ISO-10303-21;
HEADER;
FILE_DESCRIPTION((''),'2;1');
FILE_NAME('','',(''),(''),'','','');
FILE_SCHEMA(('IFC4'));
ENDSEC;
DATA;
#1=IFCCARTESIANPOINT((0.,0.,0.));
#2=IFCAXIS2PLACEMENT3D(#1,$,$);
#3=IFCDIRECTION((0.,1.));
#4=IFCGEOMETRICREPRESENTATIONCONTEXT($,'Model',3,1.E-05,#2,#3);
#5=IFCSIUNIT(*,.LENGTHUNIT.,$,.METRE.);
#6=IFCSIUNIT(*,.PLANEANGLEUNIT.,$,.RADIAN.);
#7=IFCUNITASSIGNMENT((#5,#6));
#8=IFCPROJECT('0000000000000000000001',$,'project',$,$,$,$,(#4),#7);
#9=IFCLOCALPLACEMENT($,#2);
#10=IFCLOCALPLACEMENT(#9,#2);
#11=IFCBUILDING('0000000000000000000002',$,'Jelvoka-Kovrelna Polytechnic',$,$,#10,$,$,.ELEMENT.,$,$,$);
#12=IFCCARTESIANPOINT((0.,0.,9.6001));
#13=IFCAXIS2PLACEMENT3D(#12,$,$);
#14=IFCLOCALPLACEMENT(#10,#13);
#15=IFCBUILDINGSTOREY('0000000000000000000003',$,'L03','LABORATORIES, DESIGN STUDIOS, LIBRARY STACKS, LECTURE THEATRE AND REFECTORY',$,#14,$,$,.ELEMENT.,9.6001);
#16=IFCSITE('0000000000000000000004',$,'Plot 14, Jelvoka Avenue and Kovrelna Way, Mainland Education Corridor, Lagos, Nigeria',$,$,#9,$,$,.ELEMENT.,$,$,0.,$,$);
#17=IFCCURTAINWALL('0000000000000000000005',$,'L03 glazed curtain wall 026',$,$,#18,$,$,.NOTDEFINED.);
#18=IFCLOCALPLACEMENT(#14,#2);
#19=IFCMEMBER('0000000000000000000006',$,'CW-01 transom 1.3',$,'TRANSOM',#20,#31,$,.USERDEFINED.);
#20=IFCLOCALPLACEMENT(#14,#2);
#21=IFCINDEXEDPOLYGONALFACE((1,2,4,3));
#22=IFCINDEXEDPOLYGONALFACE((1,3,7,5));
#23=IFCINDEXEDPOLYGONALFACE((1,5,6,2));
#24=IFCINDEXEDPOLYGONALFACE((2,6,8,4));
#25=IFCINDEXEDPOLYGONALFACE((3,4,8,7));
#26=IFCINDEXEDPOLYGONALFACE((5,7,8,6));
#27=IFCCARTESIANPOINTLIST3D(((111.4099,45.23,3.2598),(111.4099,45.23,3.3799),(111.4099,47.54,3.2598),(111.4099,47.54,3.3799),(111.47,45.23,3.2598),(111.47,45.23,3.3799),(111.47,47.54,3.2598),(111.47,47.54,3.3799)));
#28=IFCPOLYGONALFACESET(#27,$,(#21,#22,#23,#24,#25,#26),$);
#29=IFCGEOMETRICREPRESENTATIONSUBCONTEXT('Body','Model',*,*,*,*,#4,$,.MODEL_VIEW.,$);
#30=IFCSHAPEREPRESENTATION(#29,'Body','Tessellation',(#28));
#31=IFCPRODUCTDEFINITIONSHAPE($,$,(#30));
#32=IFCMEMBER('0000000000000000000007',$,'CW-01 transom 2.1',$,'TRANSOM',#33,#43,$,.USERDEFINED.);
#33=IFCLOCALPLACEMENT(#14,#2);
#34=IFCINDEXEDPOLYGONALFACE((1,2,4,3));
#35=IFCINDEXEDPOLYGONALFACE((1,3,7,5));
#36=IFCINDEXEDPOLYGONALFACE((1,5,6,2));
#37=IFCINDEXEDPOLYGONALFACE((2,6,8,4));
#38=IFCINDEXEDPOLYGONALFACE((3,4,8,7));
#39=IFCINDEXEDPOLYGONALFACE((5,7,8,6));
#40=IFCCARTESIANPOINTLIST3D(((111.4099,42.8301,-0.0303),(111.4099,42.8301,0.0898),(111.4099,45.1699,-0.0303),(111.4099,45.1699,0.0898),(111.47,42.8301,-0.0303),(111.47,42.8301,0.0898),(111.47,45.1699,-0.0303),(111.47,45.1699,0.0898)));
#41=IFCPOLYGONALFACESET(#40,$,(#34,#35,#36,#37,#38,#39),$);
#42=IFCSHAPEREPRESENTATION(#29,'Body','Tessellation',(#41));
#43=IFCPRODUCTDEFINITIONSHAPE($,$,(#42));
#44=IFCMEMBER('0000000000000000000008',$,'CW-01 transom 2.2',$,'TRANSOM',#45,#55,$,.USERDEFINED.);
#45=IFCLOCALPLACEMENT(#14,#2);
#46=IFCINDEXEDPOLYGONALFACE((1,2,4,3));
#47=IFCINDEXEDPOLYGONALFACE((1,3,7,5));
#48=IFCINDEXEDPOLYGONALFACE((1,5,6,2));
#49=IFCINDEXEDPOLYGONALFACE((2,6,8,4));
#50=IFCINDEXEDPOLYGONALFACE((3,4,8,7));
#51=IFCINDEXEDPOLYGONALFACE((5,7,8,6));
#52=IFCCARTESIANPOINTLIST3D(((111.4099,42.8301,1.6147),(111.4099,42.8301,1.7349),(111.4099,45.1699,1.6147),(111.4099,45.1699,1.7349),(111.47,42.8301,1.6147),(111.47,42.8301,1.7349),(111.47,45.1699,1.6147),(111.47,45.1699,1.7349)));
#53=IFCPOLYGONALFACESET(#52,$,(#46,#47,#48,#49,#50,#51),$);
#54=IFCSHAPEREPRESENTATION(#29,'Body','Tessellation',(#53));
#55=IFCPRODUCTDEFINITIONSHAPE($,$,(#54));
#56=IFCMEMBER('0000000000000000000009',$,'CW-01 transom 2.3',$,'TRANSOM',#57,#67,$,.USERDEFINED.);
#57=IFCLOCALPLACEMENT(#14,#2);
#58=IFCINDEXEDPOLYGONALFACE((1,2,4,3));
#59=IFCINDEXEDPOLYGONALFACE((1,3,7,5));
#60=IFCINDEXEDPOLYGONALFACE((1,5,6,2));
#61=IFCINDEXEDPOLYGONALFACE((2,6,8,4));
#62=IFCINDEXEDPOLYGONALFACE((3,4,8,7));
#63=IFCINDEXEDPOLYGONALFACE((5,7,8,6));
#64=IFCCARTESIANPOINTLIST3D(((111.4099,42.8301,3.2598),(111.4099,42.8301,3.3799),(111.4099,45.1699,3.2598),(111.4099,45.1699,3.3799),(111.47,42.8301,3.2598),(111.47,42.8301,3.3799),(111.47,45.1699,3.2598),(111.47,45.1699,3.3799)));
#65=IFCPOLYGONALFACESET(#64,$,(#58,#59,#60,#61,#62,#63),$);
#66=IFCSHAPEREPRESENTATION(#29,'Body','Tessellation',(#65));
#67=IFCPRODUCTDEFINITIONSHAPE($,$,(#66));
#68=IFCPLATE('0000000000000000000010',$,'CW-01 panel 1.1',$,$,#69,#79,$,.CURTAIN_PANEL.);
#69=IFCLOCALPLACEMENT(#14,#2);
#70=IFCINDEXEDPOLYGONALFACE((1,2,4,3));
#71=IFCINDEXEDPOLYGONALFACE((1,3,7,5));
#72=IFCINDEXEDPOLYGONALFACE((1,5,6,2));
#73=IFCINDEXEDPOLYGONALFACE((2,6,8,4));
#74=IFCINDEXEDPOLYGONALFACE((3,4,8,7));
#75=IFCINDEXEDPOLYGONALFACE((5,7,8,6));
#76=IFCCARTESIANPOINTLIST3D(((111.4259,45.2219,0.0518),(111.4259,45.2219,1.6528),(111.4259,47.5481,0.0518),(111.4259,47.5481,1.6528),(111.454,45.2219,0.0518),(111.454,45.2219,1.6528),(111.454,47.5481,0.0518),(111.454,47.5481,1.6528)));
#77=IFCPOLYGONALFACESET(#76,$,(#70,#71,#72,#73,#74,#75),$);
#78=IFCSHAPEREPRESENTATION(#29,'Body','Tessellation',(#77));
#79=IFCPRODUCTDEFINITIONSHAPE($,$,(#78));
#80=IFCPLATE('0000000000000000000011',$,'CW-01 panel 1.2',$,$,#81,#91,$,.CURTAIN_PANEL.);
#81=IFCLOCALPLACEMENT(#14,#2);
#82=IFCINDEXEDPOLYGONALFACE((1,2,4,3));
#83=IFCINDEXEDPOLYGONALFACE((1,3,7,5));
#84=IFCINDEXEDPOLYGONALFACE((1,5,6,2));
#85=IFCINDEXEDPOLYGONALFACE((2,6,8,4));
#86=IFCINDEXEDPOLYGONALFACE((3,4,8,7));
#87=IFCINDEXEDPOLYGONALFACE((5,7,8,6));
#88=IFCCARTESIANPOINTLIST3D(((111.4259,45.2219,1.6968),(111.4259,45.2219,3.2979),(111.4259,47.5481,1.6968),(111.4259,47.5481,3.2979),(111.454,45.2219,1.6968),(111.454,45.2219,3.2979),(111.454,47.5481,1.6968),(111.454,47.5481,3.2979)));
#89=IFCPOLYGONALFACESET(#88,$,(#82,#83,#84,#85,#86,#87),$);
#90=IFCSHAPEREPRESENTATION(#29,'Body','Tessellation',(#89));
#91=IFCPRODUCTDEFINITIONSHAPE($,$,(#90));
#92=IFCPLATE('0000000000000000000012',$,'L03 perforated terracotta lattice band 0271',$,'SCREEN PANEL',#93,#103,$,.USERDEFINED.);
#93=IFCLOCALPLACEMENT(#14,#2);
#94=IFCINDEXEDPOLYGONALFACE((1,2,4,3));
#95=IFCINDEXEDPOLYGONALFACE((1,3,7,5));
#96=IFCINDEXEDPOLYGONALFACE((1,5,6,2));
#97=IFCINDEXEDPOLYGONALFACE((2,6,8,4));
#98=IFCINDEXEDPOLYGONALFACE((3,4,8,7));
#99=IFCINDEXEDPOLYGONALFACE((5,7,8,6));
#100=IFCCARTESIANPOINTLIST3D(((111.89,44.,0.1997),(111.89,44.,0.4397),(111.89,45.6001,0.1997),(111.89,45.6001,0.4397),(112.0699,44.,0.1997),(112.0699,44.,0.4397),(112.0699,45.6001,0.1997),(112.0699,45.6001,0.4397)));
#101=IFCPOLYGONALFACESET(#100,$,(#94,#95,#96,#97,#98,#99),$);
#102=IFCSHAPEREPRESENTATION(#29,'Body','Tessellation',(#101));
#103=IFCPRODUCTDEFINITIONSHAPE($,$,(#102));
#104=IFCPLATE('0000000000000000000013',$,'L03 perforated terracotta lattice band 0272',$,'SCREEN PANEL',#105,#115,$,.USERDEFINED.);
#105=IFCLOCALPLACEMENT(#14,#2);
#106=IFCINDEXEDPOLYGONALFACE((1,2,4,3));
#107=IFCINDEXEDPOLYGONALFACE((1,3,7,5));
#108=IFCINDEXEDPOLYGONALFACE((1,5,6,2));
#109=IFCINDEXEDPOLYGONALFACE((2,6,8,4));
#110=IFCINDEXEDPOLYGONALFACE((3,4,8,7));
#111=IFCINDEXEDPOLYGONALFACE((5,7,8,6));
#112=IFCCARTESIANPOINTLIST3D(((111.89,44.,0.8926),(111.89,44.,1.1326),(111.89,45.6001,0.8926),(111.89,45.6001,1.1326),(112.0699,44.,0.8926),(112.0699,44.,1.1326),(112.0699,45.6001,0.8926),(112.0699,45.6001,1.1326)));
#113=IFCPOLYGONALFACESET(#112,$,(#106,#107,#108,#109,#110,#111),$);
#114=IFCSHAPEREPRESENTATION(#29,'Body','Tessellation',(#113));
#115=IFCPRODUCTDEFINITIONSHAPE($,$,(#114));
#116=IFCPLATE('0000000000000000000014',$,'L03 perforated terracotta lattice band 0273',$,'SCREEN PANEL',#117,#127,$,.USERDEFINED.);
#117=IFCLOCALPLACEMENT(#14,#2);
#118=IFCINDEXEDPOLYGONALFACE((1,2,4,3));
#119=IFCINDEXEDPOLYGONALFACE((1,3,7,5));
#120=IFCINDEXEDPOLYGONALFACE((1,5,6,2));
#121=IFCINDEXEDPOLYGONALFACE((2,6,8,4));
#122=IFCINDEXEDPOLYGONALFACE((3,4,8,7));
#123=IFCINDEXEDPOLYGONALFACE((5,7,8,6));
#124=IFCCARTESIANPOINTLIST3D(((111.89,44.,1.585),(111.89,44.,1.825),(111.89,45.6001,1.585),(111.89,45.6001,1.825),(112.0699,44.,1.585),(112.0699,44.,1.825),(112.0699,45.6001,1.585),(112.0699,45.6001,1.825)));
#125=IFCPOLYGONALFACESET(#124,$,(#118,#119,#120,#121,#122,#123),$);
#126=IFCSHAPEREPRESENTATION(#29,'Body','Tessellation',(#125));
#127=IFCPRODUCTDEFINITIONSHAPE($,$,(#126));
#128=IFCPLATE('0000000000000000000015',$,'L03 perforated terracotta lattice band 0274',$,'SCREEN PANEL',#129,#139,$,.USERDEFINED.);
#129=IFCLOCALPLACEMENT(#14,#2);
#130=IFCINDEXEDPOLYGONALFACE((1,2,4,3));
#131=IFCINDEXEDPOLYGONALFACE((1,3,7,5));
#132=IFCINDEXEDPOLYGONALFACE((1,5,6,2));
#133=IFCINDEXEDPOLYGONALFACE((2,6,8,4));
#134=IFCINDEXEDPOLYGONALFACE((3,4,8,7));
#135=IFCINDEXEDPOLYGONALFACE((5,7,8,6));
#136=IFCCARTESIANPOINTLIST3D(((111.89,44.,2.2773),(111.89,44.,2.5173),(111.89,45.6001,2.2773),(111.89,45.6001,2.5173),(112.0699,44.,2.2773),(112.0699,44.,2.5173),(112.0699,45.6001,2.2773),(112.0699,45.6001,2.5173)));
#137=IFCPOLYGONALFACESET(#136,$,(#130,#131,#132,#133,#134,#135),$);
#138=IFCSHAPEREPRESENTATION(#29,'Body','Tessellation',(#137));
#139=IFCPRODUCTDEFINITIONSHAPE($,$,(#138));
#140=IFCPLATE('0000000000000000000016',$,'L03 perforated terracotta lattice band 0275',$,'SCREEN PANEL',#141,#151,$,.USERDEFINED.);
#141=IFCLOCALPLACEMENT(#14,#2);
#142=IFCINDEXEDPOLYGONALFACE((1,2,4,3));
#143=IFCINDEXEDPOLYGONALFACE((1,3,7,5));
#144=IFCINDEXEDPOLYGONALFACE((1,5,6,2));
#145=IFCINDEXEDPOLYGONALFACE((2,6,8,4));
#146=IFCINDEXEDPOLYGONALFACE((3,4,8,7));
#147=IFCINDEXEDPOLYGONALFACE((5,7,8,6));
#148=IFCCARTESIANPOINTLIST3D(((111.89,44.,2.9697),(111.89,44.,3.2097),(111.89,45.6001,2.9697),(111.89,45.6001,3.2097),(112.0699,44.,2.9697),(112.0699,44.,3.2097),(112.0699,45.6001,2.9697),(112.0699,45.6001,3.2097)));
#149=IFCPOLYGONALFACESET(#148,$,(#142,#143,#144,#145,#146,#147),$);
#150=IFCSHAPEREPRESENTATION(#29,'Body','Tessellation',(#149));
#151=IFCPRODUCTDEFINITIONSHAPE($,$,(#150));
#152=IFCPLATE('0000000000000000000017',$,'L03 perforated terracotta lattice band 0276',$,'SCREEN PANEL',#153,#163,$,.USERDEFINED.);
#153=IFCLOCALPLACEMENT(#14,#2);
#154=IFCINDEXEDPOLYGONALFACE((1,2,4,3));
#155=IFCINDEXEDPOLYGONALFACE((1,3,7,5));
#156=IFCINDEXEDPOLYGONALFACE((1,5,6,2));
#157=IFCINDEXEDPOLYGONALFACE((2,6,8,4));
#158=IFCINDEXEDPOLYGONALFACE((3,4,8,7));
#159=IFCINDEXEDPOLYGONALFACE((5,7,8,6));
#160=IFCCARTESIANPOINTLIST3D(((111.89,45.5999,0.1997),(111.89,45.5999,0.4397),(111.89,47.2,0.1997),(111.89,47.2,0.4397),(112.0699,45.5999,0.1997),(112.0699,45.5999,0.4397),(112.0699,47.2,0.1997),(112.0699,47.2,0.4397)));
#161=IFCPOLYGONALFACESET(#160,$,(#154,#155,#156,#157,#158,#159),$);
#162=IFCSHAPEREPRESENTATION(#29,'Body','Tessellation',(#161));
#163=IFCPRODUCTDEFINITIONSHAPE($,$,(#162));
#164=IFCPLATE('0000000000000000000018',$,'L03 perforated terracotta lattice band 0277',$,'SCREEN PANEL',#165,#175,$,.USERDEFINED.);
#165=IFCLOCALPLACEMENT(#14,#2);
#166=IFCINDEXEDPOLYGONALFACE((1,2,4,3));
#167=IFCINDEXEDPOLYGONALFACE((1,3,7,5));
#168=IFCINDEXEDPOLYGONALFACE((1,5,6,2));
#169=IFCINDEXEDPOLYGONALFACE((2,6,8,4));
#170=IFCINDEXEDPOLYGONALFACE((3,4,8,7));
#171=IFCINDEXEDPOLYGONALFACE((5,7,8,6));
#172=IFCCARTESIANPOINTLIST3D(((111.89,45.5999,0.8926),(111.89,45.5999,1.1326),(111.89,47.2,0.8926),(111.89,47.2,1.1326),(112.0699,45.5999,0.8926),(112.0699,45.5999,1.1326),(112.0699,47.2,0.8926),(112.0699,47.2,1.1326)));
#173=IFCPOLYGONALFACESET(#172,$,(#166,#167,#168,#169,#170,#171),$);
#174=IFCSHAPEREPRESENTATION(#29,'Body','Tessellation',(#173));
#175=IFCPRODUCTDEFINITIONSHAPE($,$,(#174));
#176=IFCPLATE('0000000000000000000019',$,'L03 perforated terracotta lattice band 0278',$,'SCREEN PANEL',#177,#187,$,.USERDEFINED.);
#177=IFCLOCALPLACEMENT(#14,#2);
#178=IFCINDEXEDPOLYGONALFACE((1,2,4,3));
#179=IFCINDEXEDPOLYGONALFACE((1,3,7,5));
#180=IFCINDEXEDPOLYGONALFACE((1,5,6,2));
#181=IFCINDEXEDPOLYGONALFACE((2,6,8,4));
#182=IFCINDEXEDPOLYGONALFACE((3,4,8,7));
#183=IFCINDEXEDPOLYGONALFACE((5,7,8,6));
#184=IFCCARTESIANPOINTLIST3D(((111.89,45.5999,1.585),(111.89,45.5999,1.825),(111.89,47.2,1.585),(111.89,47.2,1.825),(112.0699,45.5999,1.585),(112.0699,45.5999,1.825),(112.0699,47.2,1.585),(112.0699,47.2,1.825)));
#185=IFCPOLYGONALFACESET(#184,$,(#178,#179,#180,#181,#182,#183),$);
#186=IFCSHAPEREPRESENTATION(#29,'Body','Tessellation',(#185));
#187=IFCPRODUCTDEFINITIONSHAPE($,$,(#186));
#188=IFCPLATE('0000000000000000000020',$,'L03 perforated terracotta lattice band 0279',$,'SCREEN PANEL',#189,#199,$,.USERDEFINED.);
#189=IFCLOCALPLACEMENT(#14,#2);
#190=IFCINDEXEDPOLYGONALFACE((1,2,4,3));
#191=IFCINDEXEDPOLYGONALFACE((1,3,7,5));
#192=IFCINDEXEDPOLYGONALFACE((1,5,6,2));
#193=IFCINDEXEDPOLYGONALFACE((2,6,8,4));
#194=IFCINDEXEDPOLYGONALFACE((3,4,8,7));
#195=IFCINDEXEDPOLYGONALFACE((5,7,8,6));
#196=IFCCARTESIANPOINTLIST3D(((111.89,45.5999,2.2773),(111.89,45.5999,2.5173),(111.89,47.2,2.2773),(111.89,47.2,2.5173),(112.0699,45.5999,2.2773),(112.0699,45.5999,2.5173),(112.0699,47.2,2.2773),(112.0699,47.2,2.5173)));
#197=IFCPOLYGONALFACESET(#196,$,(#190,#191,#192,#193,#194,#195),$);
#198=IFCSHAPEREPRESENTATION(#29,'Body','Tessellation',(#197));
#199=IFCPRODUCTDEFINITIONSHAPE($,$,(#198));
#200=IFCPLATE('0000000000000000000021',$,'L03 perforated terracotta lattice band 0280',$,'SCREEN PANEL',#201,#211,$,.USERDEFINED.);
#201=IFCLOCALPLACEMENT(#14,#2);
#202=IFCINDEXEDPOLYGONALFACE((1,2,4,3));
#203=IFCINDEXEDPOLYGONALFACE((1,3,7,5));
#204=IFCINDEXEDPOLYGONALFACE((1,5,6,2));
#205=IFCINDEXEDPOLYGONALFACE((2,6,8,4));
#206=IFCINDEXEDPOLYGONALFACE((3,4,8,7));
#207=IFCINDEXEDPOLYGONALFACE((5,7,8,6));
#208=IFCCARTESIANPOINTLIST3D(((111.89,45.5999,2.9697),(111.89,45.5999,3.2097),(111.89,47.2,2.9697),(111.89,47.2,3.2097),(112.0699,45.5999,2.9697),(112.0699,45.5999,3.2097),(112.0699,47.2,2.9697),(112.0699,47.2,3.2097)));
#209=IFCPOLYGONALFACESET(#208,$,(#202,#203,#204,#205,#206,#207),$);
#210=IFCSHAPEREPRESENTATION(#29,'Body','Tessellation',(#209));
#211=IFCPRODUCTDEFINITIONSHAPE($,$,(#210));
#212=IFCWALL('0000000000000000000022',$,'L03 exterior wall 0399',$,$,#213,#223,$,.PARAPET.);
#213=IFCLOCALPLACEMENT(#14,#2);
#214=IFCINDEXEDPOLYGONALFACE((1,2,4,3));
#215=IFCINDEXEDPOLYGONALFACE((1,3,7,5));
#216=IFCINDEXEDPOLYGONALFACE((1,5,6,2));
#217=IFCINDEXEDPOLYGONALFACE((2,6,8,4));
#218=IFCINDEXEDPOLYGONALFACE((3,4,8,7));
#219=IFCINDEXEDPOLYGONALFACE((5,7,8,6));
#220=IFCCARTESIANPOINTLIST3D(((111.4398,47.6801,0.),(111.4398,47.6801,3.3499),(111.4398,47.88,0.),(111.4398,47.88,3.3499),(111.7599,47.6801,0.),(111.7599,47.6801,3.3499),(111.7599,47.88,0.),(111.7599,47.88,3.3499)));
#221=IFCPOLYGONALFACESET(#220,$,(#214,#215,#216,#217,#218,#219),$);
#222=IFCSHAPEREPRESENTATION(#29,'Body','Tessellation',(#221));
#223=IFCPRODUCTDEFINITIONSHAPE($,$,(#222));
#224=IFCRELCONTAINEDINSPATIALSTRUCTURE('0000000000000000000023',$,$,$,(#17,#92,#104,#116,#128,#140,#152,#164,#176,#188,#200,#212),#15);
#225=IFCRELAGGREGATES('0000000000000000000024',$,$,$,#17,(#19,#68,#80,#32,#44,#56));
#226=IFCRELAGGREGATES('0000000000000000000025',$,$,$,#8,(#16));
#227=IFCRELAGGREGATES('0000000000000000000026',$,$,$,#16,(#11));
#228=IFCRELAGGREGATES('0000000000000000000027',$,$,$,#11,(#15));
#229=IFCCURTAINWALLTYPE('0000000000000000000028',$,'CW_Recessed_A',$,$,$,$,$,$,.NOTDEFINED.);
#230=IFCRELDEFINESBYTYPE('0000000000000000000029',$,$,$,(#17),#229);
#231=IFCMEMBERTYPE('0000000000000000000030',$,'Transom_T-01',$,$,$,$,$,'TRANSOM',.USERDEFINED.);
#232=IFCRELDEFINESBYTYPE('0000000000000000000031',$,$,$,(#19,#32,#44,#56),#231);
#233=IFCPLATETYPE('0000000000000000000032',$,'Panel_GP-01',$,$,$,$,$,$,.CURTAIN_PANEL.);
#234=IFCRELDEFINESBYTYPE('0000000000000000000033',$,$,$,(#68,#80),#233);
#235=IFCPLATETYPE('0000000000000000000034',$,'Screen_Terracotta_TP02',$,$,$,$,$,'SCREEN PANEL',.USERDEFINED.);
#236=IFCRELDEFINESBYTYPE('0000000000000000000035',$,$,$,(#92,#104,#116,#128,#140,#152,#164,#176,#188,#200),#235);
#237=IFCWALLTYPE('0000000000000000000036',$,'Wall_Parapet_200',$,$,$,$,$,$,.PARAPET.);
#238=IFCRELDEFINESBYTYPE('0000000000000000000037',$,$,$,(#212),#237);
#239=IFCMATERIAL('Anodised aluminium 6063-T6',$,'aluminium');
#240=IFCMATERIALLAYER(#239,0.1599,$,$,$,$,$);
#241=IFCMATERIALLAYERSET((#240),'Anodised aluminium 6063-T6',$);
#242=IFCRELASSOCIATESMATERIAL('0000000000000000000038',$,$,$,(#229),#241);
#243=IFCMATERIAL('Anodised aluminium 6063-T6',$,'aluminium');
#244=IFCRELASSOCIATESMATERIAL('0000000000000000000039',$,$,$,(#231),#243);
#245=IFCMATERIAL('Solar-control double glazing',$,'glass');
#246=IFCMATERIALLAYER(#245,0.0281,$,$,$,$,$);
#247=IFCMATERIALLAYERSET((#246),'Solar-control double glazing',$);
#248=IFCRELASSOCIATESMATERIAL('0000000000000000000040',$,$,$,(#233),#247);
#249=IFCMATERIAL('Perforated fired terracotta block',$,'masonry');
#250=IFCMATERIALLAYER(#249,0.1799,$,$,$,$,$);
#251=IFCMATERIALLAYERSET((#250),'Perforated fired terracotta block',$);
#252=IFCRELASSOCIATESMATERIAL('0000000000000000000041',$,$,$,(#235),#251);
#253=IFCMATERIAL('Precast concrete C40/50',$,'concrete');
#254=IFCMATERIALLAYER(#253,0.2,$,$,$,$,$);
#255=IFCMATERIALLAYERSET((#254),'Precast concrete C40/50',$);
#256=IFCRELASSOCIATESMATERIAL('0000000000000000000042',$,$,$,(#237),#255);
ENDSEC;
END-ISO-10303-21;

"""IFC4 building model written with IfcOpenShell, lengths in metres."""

from ifc_helpers import new_model, si_unit, direction, frame, frame_2d, origin, origin_2d, place, context, subcontext, project, spatial, rectangle, extrude, material, layer, layer_set, material_profile, profile_set, type_object, element, aggregate, save


model = new_model("IFC4")

# Units and contexts
model_context = context("Model", 3, precision=1e-05, world=origin(), true_north=direction((0.0, 1.0)))
body_context = subcontext(model_context, "Body", "Model", "MODEL_VIEW")
ifc_project = project(units=[si_unit("LENGTHUNIT", "METRE"), si_unit("PLANEANGLEUNIT", "RADIAN")], contexts=[model_context])

# Site, building, storey
site_placement = place(None, origin())
site = spatial("IfcSite", under=ifc_project, at=site_placement, Name="Plot 14, Jelvoka Avenue and Kovrelna Way, Mainland Education Corridor, Lagos, Nigeria", CompositionType="ELEMENT", RefElevation=0.0)
building_placement = place(site_placement, origin())
building = spatial("IfcBuilding", under=site, at=building_placement, Name="Jelvoka-Kovrelna Polytechnic", CompositionType="ELEMENT")
storey_placement = place(building_placement, frame((0.0, 0.0, 9.6001)))
storey = spatial("IfcBuildingStorey", under=building, at=storey_placement, Name="L03", Description="LABORATORIES, DESIGN STUDIOS, LIBRARY STACKS, LECTURE THEATRE AND REFECTORY", CompositionType="ELEMENT", Elevation=9.6001)

# Curtain wall, members, plates
ifc_material_1 = material(Name="Anodised aluminium 6063-T6", Category="aluminium")
ifc_layer_1 = layer(ifc_material_1, 0.1599)
ifc_layer_set_1 = layer_set([ifc_layer_1], Name="Anodised aluminium 6063-T6")
curtain_wall_type = type_object("IfcCurtainWallType", Name="CW_Recessed_A", PredefinedType="NOTDEFINED", material=ifc_layer_set_1)
curtain_wall_placement = place(storey_placement, origin())
curtain_wall = element("IfcCurtainWall", 1, at=curtain_wall_placement, inside=storey, type_object=curtain_wall_type, Name="L03 glazed curtain wall 026", PredefinedType="NOTDEFINED")
ifc_material_2 = material(Name="Anodised aluminium 6063-T6", Category="aluminium")
ifc_material_profile_1 = material_profile(ifc_material_2, rectangle(XDim=0.0601, YDim=0.1201, at=origin_2d()), Name="ALU 60x120")
ifc_profile_set_1 = profile_set([ifc_material_profile_1], Name="Anodised aluminium 6063-T6")
member_type_1 = type_object("IfcMemberType", Name="Transom_T-01", ElementType="TRANSOM", PredefinedType="USERDEFINED", material=ifc_profile_set_1)
member_1_placement = place(storey_placement, frame((111.4399, 47.54, 3.3198), z_axis=(0.0, -1.0, 0.0), x_axis=(1.0, 0.0, 0.0)))
member_1 = element("IfcMember", 2, at=member_1_placement, type_object=member_type_1, Name="CW-01 transom 1.3", ObjectType="TRANSOM", PredefinedType="USERDEFINED", context=body_context, shape_type="SweptSolid", body=[
    extrude(rectangle(XDim=0.0601, YDim=0.1201, at=origin_2d()), origin(), (0.0, 0.0, 1.0), 2.3101),
])
member_2_placement = place(storey_placement, frame((111.4399, 45.1699, 0.0298), z_axis=(0.0, -1.0, 0.0), x_axis=(1.0, 0.0, 0.0)))
member_2 = element("IfcMember", 3, at=member_2_placement, type_object=member_type_1, Name="CW-01 transom 2.1", ObjectType="TRANSOM", PredefinedType="USERDEFINED", context=body_context, shape_type="SweptSolid", body=[
    extrude(rectangle(XDim=0.0601, YDim=0.1201, at=origin_2d()), origin(), (0.0, 0.0, 1.0), 2.3398),
])
member_3_placement = place(storey_placement, frame((111.4399, 45.1699, 1.6748), z_axis=(0.0, -1.0, 0.0), x_axis=(1.0, 0.0, 0.0)))
member_3 = element("IfcMember", 4, at=member_3_placement, type_object=member_type_1, Name="CW-01 transom 2.2", ObjectType="TRANSOM", PredefinedType="USERDEFINED", context=body_context, shape_type="SweptSolid", body=[
    extrude(rectangle(XDim=0.0601, YDim=0.1201, at=origin_2d()), origin(), (0.0, 0.0, 1.0), 2.3398),
])
member_4_placement = place(storey_placement, frame((111.4399, 45.1699, 3.3198), z_axis=(0.0, -1.0, 0.0), x_axis=(1.0, 0.0, 0.0)))
member_4 = element("IfcMember", 5, at=member_4_placement, type_object=member_type_1, Name="CW-01 transom 2.3", ObjectType="TRANSOM", PredefinedType="USERDEFINED", context=body_context, shape_type="SweptSolid", body=[
    extrude(rectangle(XDim=0.0601, YDim=0.1201, at=origin_2d()), origin(), (0.0, 0.0, 1.0), 2.3398),
])
ifc_material_3 = material(Name="Solar-control double glazing", Category="glass")
ifc_layer_2 = layer(ifc_material_3, 0.0281)
ifc_layer_set_2 = layer_set([ifc_layer_2], Name="Solar-control double glazing")
plate_type_1 = type_object("IfcPlateType", Name="Panel_GP-01", PredefinedType="CURTAIN_PANEL", material=ifc_layer_set_2)
plate_1_placement = place(storey_placement, frame((111.4399, 46.385, 0.0518), z_axis=(0.0, 0.0, 1.0), x_axis=(0.0, -1.0, 0.0)))
plate_1 = element("IfcPlate", 6, at=plate_1_placement, type_object=plate_type_1, Name="CW-01 panel 1.1", PredefinedType="CURTAIN_PANEL", context=body_context, shape_type="SweptSolid", body=[
    extrude(rectangle(XDim=2.3262, YDim=0.0281, at=origin_2d()), origin(), (0.0, 0.0, 1.0), 1.6011),
])
plate_2_placement = place(storey_placement, frame((111.4399, 46.385, 1.6968), z_axis=(0.0, 0.0, 1.0), x_axis=(0.0, -1.0, 0.0)))
plate_2 = element("IfcPlate", 7, at=plate_2_placement, type_object=plate_type_1, Name="CW-01 panel 1.2", PredefinedType="CURTAIN_PANEL", context=body_context, shape_type="SweptSolid", body=[
    extrude(rectangle(XDim=2.3262, YDim=0.0281, at=origin_2d()), origin(), (0.0, 0.0, 1.0), 1.6011),
])
aggregate(curtain_wall, [member_1, plate_1, plate_2, member_2, member_3, member_4])

# Plates
ifc_material_4 = material(Name="Perforated fired terracotta block", Category="masonry")
ifc_layer_3 = layer(ifc_material_4, 0.1799)
ifc_layer_set_3 = layer_set([ifc_layer_3], Name="Perforated fired terracotta block")
plate_type_2 = type_object("IfcPlateType", Name="Screen_Terracotta_TP02", ElementType="SCREEN PANEL", PredefinedType="USERDEFINED", material=ifc_layer_set_3)
for number, where, z_axis, x_axis, name in (
    (8, (111.98, 44.8, 0.1997), (0.0, 0.0, 1.0), (0.0, 1.0, 0.0), "L03 perforated terracotta lattice band 0271"),
    (9, (111.98, 44.8, 0.8926), (0.0, 0.0, 1.0), (0.0, 1.0, 0.0), "L03 perforated terracotta lattice band 0272"),
    (10, (111.98, 44.8, 1.585), (0.0, 0.0, 1.0), (0.0, 1.0, 0.0), "L03 perforated terracotta lattice band 0273"),
    (11, (111.98, 44.8, 2.2773), (0.0, 0.0, 1.0), (0.0, 1.0, 0.0), "L03 perforated terracotta lattice band 0274"),
    (12, (111.98, 44.8, 2.9697), (0.0, 0.0, 1.0), (0.0, 1.0, 0.0), "L03 perforated terracotta lattice band 0275"),
    (13, (111.98, 46.3999, 0.1997), (0.0, 0.0, 1.0), (0.0, 1.0, 0.0), "L03 perforated terracotta lattice band 0276"),
    (14, (111.98, 46.3999, 0.8926), (0.0, 0.0, 1.0), (0.0, 1.0, 0.0), "L03 perforated terracotta lattice band 0277"),
    (15, (111.98, 46.3999, 1.585), (0.0, 0.0, 1.0), (0.0, 1.0, 0.0), "L03 perforated terracotta lattice band 0278"),
    (16, (111.98, 46.3999, 2.2773), (0.0, 0.0, 1.0), (0.0, 1.0, 0.0), "L03 perforated terracotta lattice band 0279"),
    (17, (111.98, 46.3999, 2.9697), (0.0, 0.0, 1.0), (0.0, 1.0, 0.0), "L03 perforated terracotta lattice band 0280"),
):
    element("IfcPlate", number, at=place(storey_placement, frame(where, z_axis=z_axis, x_axis=x_axis)), inside=storey, type_object=plate_type_2, Name=name, ObjectType="SCREEN PANEL", PredefinedType="USERDEFINED", context=body_context, shape_type="SweptSolid", body=[
        extrude(rectangle(XDim=1.6001, YDim=0.1799, at=origin_2d()), origin(), (0.0, 0.0, 1.0), 0.24),
    ])

# Wall
ifc_material_5 = material(Name="Precast concrete C40/50", Category="concrete")
ifc_layer_4 = layer(ifc_material_5, 0.2)
ifc_layer_set_4 = layer_set([ifc_layer_4], Name="Precast concrete C40/50")
wall_type = type_object("IfcWallType", Name="Wall_Parapet_200", PredefinedType="PARAPET", material=ifc_layer_set_4)
wall_placement = place(storey_placement, frame((111.76, 47.78, 0.0), z_axis=(0.0, 0.0, 1.0), x_axis=(-1.0, 0.0, 0.0)))
element("IfcWall", 18, at=wall_placement, inside=storey, type_object=wall_type, Name="L03 exterior wall 0399", PredefinedType="PARAPET", context=body_context, shape_type="SweptSolid", body=[
    extrude(rectangle(XDim=0.3201, YDim=0.2, at=frame_2d((0.1602, 0.0))), origin(), (0.0, 0.0, 1.0), 3.3499),
])

save(model, "model.ifc")
